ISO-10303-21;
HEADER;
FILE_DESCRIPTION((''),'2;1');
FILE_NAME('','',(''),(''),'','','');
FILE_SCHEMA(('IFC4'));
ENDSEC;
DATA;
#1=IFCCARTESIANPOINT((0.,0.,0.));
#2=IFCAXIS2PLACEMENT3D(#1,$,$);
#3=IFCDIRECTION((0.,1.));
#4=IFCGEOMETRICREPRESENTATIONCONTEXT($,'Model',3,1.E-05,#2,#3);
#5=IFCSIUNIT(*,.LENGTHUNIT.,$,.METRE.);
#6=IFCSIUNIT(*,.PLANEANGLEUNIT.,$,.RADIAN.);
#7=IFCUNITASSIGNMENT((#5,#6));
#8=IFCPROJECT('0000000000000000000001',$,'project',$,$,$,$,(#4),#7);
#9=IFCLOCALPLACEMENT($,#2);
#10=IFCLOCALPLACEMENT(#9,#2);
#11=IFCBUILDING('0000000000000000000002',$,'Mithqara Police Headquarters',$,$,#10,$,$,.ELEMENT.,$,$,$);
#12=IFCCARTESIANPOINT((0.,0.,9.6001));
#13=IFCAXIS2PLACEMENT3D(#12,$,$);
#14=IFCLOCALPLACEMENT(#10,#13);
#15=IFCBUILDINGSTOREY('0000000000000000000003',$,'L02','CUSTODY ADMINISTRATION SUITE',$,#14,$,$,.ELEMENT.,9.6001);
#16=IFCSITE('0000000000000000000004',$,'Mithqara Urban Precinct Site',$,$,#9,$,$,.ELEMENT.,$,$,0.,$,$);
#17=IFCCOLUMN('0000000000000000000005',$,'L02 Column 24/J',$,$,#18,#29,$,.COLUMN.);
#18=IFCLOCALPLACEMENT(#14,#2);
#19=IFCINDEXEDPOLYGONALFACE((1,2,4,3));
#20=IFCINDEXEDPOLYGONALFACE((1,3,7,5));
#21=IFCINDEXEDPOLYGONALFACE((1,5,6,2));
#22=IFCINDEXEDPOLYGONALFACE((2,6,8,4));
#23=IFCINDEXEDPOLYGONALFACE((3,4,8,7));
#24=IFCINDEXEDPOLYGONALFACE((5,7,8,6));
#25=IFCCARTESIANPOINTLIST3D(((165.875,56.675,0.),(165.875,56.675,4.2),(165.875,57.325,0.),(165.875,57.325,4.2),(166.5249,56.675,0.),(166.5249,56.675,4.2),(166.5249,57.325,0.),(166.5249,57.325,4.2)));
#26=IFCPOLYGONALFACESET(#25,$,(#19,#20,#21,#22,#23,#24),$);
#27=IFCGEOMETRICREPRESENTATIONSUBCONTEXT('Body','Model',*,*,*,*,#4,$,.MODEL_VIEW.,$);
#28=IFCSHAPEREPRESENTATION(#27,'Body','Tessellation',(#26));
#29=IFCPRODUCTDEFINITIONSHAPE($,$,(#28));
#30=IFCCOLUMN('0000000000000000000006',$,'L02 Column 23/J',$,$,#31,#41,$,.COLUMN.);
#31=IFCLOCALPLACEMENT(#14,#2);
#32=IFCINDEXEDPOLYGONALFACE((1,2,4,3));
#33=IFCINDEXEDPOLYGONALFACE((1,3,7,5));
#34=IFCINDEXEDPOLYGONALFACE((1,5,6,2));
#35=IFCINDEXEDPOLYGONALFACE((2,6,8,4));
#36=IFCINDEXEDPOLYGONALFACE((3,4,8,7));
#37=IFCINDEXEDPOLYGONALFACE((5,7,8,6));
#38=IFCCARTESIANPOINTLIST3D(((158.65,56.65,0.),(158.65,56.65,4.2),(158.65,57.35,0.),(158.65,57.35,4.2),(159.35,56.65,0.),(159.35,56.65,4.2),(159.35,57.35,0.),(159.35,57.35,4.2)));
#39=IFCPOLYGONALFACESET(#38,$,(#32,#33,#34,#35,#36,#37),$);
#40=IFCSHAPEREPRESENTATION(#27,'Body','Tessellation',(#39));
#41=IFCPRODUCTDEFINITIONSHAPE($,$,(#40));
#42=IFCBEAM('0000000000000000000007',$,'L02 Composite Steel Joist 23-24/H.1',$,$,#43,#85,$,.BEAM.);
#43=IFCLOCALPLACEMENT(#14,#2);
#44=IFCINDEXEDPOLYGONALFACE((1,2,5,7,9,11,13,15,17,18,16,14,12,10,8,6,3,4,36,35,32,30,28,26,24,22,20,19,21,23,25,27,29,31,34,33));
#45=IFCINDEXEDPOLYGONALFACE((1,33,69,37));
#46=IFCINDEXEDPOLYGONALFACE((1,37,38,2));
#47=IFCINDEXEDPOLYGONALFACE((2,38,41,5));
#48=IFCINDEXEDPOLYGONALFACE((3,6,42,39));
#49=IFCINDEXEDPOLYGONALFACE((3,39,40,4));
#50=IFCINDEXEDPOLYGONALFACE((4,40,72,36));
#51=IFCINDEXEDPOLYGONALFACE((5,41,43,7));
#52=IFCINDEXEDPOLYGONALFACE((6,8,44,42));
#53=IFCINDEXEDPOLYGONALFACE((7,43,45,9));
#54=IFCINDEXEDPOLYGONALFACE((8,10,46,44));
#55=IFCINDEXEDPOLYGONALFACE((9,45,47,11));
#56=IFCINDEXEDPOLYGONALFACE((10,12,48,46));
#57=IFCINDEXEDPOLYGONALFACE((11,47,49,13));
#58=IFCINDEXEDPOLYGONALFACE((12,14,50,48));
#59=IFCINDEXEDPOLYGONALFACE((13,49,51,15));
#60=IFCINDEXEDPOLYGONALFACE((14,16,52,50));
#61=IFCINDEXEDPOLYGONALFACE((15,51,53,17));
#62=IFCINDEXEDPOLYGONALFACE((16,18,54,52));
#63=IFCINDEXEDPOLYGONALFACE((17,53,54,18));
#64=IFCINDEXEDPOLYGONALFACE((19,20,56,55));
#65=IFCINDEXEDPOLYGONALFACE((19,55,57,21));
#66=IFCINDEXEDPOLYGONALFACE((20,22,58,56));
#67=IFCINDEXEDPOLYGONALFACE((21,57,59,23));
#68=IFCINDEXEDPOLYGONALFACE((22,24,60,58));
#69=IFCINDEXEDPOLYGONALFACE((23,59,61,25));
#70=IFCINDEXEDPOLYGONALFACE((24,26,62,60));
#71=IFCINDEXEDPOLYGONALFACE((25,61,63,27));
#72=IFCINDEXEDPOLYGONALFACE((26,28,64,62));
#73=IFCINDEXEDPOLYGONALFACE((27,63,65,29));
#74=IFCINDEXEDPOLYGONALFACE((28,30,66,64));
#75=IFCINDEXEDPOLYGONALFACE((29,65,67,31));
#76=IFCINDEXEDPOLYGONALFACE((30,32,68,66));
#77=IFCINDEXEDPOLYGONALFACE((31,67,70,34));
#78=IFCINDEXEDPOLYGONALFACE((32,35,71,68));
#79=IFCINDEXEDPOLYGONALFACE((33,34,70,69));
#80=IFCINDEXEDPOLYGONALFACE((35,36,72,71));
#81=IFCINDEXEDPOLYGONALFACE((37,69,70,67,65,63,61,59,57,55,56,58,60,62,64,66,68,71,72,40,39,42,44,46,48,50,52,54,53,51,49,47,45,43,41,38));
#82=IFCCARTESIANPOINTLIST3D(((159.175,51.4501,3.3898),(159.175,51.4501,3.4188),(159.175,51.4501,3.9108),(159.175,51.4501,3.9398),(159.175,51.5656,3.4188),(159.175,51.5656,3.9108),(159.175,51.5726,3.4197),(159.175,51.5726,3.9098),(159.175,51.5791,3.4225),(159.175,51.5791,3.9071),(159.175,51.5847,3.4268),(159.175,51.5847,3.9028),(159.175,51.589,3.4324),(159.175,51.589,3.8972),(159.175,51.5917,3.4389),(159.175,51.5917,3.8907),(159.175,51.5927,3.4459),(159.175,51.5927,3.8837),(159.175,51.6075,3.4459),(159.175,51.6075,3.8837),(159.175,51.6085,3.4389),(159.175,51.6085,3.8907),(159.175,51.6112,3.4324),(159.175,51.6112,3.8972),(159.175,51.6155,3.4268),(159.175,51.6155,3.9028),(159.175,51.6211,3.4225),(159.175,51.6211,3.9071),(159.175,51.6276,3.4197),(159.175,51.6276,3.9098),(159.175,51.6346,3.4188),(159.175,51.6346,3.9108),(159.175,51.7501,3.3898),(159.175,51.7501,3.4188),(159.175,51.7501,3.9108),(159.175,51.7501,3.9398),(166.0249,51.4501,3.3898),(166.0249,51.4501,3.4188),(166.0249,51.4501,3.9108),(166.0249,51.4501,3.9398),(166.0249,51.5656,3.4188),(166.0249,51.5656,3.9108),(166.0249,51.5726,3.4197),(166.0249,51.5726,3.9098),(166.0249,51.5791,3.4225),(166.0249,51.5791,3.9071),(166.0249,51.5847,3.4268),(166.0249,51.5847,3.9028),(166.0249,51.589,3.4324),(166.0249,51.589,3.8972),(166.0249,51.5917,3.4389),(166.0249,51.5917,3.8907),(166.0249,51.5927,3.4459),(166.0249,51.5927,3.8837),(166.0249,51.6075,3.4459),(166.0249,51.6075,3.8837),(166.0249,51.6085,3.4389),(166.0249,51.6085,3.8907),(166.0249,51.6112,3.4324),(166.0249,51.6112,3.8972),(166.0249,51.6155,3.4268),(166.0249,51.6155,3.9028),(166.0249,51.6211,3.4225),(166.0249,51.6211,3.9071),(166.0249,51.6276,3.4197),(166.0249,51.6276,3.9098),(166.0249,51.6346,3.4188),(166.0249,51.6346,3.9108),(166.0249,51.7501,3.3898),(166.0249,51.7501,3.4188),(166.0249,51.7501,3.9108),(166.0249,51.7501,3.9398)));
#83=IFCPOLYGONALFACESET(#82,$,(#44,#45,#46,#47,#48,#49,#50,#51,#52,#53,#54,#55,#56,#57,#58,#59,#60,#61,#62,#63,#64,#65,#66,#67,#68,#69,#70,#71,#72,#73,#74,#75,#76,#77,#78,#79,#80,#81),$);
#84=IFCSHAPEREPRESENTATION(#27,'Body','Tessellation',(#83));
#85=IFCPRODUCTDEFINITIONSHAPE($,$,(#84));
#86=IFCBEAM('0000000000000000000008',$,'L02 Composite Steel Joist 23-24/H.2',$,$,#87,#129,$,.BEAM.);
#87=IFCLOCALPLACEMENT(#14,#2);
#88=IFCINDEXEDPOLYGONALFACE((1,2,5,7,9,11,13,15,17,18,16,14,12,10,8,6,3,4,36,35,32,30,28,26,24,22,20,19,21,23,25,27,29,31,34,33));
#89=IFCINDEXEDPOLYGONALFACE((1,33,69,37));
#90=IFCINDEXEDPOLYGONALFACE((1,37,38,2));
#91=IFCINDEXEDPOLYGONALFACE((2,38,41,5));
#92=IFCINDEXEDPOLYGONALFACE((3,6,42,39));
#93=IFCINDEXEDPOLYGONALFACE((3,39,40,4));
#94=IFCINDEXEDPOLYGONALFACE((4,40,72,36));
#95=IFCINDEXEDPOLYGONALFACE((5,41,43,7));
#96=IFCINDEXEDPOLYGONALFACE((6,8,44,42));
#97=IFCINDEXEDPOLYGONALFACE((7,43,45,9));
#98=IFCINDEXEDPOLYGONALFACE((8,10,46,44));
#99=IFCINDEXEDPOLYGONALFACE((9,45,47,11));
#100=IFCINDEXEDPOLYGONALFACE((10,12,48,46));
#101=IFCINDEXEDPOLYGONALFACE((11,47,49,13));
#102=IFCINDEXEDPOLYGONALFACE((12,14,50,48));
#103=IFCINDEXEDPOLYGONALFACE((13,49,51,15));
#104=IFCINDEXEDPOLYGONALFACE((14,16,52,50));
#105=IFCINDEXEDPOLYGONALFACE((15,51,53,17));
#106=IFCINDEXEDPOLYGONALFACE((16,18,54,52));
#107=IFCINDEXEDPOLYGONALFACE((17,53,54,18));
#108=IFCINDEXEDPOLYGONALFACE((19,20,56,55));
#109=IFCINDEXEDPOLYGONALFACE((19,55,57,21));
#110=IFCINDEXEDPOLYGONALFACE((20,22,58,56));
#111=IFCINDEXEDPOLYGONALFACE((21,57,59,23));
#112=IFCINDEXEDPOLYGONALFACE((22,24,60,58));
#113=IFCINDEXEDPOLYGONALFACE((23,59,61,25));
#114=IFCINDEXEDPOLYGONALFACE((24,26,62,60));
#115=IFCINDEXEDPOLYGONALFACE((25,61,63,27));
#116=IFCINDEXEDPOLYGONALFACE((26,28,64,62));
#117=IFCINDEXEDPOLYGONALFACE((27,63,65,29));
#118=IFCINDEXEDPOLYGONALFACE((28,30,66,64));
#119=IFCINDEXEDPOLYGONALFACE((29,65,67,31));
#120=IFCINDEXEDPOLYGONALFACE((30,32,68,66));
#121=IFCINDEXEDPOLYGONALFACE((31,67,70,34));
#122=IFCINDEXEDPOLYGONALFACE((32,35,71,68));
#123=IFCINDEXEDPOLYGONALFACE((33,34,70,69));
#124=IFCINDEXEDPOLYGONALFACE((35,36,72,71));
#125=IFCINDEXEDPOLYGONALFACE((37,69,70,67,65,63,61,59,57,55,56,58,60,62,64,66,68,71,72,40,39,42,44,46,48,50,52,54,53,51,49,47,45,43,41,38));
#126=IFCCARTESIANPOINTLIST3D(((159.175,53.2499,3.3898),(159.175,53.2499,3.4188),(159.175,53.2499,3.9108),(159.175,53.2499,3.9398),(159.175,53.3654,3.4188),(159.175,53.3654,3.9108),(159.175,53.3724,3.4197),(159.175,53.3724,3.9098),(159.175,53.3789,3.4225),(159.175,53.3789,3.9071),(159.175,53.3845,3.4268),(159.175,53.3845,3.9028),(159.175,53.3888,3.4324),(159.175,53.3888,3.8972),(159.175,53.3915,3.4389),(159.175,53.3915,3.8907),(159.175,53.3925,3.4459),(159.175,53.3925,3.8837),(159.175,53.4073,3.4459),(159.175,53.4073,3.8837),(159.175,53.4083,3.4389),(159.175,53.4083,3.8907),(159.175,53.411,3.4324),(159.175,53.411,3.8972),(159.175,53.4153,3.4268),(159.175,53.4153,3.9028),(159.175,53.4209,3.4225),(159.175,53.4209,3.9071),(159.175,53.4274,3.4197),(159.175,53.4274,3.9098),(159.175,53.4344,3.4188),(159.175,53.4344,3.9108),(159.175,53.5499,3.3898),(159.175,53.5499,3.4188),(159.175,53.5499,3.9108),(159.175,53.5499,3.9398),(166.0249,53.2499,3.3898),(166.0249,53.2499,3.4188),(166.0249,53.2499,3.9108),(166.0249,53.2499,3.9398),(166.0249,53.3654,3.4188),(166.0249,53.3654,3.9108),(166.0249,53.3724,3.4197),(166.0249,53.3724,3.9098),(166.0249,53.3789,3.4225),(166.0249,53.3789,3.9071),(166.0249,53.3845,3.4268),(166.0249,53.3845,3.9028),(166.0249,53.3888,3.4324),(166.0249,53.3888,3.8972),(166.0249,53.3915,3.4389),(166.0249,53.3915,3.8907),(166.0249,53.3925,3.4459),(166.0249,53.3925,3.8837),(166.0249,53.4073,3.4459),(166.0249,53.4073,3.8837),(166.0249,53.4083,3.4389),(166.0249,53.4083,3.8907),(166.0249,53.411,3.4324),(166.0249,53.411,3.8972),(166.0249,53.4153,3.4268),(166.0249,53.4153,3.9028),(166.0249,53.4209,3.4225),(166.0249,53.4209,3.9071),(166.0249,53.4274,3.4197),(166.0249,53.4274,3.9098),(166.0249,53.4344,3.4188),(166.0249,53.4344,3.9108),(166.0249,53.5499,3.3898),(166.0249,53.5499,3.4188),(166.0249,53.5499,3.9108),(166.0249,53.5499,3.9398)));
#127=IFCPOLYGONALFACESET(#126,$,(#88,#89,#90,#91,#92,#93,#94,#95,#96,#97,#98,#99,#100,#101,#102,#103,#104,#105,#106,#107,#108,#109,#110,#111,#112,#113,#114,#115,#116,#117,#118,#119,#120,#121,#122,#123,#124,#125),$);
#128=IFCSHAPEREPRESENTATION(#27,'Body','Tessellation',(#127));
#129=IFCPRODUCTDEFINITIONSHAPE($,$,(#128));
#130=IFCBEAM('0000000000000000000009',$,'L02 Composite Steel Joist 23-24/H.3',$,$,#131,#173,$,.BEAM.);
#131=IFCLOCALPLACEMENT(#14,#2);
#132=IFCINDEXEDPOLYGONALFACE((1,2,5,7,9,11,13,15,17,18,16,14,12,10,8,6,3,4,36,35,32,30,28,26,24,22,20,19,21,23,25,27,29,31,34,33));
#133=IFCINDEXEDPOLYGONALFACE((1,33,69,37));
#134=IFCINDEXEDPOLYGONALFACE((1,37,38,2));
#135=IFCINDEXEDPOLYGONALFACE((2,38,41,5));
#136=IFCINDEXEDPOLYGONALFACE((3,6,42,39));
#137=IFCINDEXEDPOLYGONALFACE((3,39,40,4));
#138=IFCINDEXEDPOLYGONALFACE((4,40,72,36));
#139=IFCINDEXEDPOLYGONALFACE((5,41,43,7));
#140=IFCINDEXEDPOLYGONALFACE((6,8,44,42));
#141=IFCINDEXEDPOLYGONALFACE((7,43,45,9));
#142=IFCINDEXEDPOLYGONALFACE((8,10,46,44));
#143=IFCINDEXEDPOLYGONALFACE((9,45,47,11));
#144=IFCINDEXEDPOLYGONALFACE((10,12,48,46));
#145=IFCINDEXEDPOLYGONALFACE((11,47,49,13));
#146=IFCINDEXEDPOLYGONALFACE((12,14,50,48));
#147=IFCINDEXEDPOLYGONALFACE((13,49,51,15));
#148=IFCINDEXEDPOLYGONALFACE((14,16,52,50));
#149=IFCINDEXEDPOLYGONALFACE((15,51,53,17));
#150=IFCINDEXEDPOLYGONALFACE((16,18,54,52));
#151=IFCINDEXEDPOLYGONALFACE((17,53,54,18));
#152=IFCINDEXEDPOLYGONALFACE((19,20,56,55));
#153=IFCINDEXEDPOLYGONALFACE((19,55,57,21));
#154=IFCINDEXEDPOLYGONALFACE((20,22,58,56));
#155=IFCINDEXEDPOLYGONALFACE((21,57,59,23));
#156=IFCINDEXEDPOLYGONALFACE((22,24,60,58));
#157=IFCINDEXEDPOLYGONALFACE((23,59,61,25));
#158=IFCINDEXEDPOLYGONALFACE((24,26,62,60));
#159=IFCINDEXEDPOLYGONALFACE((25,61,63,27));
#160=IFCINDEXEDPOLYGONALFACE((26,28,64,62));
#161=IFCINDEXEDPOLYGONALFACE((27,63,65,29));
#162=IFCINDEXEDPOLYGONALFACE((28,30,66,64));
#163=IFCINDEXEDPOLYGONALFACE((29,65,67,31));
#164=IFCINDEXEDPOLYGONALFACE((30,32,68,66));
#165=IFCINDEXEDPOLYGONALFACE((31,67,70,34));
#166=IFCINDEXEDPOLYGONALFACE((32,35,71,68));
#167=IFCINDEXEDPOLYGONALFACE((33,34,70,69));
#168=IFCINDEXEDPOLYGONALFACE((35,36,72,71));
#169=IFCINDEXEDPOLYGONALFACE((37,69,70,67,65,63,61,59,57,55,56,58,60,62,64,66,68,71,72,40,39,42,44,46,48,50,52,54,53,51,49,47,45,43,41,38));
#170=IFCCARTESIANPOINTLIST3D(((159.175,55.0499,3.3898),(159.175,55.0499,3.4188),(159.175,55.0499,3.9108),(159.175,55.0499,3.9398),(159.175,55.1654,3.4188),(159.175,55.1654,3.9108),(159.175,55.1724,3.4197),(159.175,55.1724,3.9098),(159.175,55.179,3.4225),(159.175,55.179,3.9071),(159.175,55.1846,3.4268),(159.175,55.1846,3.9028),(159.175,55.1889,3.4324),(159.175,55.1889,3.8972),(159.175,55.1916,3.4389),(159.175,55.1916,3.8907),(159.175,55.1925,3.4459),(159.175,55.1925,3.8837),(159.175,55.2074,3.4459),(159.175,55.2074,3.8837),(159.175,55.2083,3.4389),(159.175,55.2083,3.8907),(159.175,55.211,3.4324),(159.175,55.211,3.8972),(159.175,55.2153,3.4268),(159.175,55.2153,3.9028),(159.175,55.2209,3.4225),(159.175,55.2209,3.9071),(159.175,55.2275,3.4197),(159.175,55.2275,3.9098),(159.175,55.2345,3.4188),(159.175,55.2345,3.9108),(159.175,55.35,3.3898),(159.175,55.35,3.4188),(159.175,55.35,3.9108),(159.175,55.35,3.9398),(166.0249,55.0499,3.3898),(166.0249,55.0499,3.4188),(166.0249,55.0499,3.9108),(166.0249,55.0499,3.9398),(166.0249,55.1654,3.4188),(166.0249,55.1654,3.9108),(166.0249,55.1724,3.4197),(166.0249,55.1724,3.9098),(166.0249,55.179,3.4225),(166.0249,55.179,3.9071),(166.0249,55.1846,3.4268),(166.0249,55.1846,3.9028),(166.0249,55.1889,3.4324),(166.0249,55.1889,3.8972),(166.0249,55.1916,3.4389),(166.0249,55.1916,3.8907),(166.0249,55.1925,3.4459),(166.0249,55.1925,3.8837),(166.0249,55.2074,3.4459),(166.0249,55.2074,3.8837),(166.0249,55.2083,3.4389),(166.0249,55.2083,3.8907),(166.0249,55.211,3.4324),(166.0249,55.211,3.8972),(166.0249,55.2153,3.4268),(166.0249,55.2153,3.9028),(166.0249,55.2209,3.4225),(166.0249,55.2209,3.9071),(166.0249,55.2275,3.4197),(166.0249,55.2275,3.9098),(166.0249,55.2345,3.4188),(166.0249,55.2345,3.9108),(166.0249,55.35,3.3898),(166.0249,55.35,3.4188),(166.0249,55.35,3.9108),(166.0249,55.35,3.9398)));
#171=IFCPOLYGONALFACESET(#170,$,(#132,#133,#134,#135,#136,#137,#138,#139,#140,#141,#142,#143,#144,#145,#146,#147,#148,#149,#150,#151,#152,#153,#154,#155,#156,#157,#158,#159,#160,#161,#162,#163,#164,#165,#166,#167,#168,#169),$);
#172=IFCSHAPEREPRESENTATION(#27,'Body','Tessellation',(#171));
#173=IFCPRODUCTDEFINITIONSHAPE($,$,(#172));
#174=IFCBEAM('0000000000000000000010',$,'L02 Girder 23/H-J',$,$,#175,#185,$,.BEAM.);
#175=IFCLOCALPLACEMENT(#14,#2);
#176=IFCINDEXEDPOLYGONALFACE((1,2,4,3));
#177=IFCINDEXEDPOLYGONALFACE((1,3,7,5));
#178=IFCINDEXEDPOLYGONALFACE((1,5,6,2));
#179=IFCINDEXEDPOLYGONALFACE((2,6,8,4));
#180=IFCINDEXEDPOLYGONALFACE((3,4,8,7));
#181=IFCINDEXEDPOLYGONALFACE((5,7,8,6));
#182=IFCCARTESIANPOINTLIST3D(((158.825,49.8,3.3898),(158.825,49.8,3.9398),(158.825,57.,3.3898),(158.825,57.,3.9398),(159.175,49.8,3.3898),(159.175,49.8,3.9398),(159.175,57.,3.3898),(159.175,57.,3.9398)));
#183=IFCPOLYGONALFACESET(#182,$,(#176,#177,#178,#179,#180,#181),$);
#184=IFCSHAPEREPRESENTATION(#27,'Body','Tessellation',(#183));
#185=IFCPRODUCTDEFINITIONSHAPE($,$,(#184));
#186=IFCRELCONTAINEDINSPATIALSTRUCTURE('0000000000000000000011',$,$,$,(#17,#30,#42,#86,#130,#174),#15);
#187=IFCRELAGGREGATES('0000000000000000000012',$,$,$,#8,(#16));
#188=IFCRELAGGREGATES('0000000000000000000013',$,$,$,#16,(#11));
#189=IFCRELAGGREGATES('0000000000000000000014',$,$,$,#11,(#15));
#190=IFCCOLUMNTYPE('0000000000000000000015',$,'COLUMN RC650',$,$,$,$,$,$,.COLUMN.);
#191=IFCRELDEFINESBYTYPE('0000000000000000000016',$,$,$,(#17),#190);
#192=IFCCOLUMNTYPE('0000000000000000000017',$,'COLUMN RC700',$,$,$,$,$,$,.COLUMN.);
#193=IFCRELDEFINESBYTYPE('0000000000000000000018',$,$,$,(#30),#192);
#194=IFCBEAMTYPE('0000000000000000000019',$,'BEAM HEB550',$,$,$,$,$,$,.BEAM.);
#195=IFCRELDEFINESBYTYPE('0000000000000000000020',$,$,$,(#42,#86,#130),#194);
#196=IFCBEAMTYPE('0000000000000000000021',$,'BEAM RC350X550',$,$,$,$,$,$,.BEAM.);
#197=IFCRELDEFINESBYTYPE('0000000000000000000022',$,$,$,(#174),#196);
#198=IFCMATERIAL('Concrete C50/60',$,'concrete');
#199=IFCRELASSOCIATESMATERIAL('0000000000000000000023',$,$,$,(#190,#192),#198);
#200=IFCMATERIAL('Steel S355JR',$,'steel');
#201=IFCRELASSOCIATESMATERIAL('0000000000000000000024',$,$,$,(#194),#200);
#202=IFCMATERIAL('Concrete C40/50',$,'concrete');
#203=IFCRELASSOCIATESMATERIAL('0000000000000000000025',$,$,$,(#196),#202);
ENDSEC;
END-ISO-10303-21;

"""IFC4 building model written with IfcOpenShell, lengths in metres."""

from ifc_helpers import new_model, si_unit, direction, frame, origin, origin_2d, place, context, subcontext, project, spatial, rectangle, i_section, extrude, material, material_profile, profile_set, type_object, element, save


model = new_model("IFC4")

# Units and contexts
model_context = context("Model", 3, precision=1e-05, world=origin(), true_north=direction((0.0, 1.0)))
body_context = subcontext(model_context, "Body", "Model", "MODEL_VIEW")
ifc_project = project(units=[si_unit("LENGTHUNIT", "METRE"), si_unit("PLANEANGLEUNIT", "RADIAN")], contexts=[model_context])

# Site, building, storey
site_placement = place(None, origin())
site = spatial("IfcSite", under=ifc_project, at=site_placement, Name="Mithqara Urban Precinct Site", CompositionType="ELEMENT", RefElevation=0.0)
building_placement = place(site_placement, origin())
building = spatial("IfcBuilding", under=site, at=building_placement, Name="Mithqara Police Headquarters", CompositionType="ELEMENT")
storey_placement = place(building_placement, frame((0.0, 0.0, 9.6001)))
storey = spatial("IfcBuildingStorey", under=building, at=storey_placement, Name="L02", Description="CUSTODY ADMINISTRATION SUITE", CompositionType="ELEMENT", Elevation=9.6001)

# Columns
ifc_material_1 = material(Name="Concrete C50/60", Category="concrete")
ifc_material_profile_1 = material_profile(ifc_material_1, rectangle(XDim=0.6499, YDim=0.6499, at=origin_2d()), Name="RC 650x650")
ifc_profile_set_1 = profile_set([ifc_material_profile_1], Name="Concrete C50/60")
column_type_1 = type_object("IfcColumnType", Name="COLUMN RC650", PredefinedType="COLUMN", material=ifc_profile_set_1)
column_1_placement = place(storey_placement, frame((166.2, 57.0, 0.0), z_axis=(0.0, 0.0, 1.0), x_axis=(1.0, 0.0, 0.0)))
element("IfcColumn", 1, at=column_1_placement, inside=storey, type_object=column_type_1, Name="L02 Column 24/J", PredefinedType="COLUMN", context=body_context, shape_type="SweptSolid", body=[
    extrude(rectangle(XDim=0.6499, YDim=0.6499, at=origin_2d()), origin(), (0.0, 0.0, 1.0), 4.2),
])
ifc_material_profile_2 = material_profile(ifc_material_1, rectangle(XDim=0.7, YDim=0.7, at=origin_2d()), Name="RC 700x700")
ifc_profile_set_2 = profile_set([ifc_material_profile_2], Name="Concrete C50/60")
column_type_2 = type_object("IfcColumnType", Name="COLUMN RC700", PredefinedType="COLUMN", material=ifc_profile_set_2)
column_2_placement = place(storey_placement, frame((159.0, 57.0, 0.0), z_axis=(0.0, 0.0, 1.0), x_axis=(1.0, 0.0, 0.0)))
element("IfcColumn", 2, at=column_2_placement, inside=storey, type_object=column_type_2, Name="L02 Column 23/J", PredefinedType="COLUMN", context=body_context, shape_type="SweptSolid", body=[
    extrude(rectangle(XDim=0.7, YDim=0.7, at=origin_2d()), origin(), (0.0, 0.0, 1.0), 4.2),
])

# Beams
ifc_material_2 = material(Name="Steel S355JR", Category="steel")
ifc_material_profile_3 = material_profile(ifc_material_2, i_section(OverallWidth=0.3, OverallDepth=0.55, WebThickness=0.0149, FlangeThickness=0.0291, FilletRadius=0.0271, at=origin_2d()), Name="HEB 550")
ifc_profile_set_3 = profile_set([ifc_material_profile_3], Name="Steel S355JR")
beam_type_1 = type_object("IfcBeamType", Name="BEAM HEB550", PredefinedType="BEAM", material=ifc_profile_set_3)
for number, where, z_axis, x_axis, name in (
    (3, (159.175, 51.6001, 3.6648), (1.0, 0.0, 0.0), (0.0, 1.0, 0.0), "L02 Composite Steel Joist 23-24/H.1"),
    (4, (159.175, 53.3999, 3.6648), (1.0, 0.0, 0.0), (0.0, 1.0, 0.0), "L02 Composite Steel Joist 23-24/H.2"),
    (5, (159.175, 55.2, 3.6648), (1.0, 0.0, 0.0), (0.0, 1.0, 0.0), "L02 Composite Steel Joist 23-24/H.3"),
):
    element("IfcBeam", number, at=place(storey_placement, frame(where, z_axis=z_axis, x_axis=x_axis)), inside=storey, type_object=beam_type_1, Name=name, PredefinedType="BEAM", context=body_context, shape_type="SweptSolid", body=[
        extrude(i_section(OverallWidth=0.3, OverallDepth=0.55, WebThickness=0.0149, FlangeThickness=0.0291, FilletRadius=0.0271, at=origin_2d()), origin(), (0.0, 0.0, 1.0), 6.8499),
    ])
ifc_material_3 = material(Name="Concrete C40/50", Category="concrete")
ifc_material_profile_4 = material_profile(ifc_material_3, rectangle(XDim=0.3501, YDim=0.55, at=origin_2d()), Name="RC 350x550")
ifc_profile_set_4 = profile_set([ifc_material_profile_4], Name="Concrete C40/50")
beam_type_2 = type_object("IfcBeamType", Name="BEAM RC350X550", PredefinedType="BEAM", material=ifc_profile_set_4)
beam_1_placement = place(storey_placement, frame((159.0, 49.8, 3.6648), z_axis=(0.0, 1.0, 0.0), x_axis=(-1.0, 0.0, 0.0)))
element("IfcBeam", 6, at=beam_1_placement, inside=storey, type_object=beam_type_2, Name="L02 Girder 23/H-J", PredefinedType="BEAM", context=body_context, shape_type="SweptSolid", body=[
    extrude(rectangle(XDim=0.3501, YDim=0.55, at=origin_2d()), origin(), (0.0, 0.0, 1.0), 7.2),
])

save(model, "model.ifc")
